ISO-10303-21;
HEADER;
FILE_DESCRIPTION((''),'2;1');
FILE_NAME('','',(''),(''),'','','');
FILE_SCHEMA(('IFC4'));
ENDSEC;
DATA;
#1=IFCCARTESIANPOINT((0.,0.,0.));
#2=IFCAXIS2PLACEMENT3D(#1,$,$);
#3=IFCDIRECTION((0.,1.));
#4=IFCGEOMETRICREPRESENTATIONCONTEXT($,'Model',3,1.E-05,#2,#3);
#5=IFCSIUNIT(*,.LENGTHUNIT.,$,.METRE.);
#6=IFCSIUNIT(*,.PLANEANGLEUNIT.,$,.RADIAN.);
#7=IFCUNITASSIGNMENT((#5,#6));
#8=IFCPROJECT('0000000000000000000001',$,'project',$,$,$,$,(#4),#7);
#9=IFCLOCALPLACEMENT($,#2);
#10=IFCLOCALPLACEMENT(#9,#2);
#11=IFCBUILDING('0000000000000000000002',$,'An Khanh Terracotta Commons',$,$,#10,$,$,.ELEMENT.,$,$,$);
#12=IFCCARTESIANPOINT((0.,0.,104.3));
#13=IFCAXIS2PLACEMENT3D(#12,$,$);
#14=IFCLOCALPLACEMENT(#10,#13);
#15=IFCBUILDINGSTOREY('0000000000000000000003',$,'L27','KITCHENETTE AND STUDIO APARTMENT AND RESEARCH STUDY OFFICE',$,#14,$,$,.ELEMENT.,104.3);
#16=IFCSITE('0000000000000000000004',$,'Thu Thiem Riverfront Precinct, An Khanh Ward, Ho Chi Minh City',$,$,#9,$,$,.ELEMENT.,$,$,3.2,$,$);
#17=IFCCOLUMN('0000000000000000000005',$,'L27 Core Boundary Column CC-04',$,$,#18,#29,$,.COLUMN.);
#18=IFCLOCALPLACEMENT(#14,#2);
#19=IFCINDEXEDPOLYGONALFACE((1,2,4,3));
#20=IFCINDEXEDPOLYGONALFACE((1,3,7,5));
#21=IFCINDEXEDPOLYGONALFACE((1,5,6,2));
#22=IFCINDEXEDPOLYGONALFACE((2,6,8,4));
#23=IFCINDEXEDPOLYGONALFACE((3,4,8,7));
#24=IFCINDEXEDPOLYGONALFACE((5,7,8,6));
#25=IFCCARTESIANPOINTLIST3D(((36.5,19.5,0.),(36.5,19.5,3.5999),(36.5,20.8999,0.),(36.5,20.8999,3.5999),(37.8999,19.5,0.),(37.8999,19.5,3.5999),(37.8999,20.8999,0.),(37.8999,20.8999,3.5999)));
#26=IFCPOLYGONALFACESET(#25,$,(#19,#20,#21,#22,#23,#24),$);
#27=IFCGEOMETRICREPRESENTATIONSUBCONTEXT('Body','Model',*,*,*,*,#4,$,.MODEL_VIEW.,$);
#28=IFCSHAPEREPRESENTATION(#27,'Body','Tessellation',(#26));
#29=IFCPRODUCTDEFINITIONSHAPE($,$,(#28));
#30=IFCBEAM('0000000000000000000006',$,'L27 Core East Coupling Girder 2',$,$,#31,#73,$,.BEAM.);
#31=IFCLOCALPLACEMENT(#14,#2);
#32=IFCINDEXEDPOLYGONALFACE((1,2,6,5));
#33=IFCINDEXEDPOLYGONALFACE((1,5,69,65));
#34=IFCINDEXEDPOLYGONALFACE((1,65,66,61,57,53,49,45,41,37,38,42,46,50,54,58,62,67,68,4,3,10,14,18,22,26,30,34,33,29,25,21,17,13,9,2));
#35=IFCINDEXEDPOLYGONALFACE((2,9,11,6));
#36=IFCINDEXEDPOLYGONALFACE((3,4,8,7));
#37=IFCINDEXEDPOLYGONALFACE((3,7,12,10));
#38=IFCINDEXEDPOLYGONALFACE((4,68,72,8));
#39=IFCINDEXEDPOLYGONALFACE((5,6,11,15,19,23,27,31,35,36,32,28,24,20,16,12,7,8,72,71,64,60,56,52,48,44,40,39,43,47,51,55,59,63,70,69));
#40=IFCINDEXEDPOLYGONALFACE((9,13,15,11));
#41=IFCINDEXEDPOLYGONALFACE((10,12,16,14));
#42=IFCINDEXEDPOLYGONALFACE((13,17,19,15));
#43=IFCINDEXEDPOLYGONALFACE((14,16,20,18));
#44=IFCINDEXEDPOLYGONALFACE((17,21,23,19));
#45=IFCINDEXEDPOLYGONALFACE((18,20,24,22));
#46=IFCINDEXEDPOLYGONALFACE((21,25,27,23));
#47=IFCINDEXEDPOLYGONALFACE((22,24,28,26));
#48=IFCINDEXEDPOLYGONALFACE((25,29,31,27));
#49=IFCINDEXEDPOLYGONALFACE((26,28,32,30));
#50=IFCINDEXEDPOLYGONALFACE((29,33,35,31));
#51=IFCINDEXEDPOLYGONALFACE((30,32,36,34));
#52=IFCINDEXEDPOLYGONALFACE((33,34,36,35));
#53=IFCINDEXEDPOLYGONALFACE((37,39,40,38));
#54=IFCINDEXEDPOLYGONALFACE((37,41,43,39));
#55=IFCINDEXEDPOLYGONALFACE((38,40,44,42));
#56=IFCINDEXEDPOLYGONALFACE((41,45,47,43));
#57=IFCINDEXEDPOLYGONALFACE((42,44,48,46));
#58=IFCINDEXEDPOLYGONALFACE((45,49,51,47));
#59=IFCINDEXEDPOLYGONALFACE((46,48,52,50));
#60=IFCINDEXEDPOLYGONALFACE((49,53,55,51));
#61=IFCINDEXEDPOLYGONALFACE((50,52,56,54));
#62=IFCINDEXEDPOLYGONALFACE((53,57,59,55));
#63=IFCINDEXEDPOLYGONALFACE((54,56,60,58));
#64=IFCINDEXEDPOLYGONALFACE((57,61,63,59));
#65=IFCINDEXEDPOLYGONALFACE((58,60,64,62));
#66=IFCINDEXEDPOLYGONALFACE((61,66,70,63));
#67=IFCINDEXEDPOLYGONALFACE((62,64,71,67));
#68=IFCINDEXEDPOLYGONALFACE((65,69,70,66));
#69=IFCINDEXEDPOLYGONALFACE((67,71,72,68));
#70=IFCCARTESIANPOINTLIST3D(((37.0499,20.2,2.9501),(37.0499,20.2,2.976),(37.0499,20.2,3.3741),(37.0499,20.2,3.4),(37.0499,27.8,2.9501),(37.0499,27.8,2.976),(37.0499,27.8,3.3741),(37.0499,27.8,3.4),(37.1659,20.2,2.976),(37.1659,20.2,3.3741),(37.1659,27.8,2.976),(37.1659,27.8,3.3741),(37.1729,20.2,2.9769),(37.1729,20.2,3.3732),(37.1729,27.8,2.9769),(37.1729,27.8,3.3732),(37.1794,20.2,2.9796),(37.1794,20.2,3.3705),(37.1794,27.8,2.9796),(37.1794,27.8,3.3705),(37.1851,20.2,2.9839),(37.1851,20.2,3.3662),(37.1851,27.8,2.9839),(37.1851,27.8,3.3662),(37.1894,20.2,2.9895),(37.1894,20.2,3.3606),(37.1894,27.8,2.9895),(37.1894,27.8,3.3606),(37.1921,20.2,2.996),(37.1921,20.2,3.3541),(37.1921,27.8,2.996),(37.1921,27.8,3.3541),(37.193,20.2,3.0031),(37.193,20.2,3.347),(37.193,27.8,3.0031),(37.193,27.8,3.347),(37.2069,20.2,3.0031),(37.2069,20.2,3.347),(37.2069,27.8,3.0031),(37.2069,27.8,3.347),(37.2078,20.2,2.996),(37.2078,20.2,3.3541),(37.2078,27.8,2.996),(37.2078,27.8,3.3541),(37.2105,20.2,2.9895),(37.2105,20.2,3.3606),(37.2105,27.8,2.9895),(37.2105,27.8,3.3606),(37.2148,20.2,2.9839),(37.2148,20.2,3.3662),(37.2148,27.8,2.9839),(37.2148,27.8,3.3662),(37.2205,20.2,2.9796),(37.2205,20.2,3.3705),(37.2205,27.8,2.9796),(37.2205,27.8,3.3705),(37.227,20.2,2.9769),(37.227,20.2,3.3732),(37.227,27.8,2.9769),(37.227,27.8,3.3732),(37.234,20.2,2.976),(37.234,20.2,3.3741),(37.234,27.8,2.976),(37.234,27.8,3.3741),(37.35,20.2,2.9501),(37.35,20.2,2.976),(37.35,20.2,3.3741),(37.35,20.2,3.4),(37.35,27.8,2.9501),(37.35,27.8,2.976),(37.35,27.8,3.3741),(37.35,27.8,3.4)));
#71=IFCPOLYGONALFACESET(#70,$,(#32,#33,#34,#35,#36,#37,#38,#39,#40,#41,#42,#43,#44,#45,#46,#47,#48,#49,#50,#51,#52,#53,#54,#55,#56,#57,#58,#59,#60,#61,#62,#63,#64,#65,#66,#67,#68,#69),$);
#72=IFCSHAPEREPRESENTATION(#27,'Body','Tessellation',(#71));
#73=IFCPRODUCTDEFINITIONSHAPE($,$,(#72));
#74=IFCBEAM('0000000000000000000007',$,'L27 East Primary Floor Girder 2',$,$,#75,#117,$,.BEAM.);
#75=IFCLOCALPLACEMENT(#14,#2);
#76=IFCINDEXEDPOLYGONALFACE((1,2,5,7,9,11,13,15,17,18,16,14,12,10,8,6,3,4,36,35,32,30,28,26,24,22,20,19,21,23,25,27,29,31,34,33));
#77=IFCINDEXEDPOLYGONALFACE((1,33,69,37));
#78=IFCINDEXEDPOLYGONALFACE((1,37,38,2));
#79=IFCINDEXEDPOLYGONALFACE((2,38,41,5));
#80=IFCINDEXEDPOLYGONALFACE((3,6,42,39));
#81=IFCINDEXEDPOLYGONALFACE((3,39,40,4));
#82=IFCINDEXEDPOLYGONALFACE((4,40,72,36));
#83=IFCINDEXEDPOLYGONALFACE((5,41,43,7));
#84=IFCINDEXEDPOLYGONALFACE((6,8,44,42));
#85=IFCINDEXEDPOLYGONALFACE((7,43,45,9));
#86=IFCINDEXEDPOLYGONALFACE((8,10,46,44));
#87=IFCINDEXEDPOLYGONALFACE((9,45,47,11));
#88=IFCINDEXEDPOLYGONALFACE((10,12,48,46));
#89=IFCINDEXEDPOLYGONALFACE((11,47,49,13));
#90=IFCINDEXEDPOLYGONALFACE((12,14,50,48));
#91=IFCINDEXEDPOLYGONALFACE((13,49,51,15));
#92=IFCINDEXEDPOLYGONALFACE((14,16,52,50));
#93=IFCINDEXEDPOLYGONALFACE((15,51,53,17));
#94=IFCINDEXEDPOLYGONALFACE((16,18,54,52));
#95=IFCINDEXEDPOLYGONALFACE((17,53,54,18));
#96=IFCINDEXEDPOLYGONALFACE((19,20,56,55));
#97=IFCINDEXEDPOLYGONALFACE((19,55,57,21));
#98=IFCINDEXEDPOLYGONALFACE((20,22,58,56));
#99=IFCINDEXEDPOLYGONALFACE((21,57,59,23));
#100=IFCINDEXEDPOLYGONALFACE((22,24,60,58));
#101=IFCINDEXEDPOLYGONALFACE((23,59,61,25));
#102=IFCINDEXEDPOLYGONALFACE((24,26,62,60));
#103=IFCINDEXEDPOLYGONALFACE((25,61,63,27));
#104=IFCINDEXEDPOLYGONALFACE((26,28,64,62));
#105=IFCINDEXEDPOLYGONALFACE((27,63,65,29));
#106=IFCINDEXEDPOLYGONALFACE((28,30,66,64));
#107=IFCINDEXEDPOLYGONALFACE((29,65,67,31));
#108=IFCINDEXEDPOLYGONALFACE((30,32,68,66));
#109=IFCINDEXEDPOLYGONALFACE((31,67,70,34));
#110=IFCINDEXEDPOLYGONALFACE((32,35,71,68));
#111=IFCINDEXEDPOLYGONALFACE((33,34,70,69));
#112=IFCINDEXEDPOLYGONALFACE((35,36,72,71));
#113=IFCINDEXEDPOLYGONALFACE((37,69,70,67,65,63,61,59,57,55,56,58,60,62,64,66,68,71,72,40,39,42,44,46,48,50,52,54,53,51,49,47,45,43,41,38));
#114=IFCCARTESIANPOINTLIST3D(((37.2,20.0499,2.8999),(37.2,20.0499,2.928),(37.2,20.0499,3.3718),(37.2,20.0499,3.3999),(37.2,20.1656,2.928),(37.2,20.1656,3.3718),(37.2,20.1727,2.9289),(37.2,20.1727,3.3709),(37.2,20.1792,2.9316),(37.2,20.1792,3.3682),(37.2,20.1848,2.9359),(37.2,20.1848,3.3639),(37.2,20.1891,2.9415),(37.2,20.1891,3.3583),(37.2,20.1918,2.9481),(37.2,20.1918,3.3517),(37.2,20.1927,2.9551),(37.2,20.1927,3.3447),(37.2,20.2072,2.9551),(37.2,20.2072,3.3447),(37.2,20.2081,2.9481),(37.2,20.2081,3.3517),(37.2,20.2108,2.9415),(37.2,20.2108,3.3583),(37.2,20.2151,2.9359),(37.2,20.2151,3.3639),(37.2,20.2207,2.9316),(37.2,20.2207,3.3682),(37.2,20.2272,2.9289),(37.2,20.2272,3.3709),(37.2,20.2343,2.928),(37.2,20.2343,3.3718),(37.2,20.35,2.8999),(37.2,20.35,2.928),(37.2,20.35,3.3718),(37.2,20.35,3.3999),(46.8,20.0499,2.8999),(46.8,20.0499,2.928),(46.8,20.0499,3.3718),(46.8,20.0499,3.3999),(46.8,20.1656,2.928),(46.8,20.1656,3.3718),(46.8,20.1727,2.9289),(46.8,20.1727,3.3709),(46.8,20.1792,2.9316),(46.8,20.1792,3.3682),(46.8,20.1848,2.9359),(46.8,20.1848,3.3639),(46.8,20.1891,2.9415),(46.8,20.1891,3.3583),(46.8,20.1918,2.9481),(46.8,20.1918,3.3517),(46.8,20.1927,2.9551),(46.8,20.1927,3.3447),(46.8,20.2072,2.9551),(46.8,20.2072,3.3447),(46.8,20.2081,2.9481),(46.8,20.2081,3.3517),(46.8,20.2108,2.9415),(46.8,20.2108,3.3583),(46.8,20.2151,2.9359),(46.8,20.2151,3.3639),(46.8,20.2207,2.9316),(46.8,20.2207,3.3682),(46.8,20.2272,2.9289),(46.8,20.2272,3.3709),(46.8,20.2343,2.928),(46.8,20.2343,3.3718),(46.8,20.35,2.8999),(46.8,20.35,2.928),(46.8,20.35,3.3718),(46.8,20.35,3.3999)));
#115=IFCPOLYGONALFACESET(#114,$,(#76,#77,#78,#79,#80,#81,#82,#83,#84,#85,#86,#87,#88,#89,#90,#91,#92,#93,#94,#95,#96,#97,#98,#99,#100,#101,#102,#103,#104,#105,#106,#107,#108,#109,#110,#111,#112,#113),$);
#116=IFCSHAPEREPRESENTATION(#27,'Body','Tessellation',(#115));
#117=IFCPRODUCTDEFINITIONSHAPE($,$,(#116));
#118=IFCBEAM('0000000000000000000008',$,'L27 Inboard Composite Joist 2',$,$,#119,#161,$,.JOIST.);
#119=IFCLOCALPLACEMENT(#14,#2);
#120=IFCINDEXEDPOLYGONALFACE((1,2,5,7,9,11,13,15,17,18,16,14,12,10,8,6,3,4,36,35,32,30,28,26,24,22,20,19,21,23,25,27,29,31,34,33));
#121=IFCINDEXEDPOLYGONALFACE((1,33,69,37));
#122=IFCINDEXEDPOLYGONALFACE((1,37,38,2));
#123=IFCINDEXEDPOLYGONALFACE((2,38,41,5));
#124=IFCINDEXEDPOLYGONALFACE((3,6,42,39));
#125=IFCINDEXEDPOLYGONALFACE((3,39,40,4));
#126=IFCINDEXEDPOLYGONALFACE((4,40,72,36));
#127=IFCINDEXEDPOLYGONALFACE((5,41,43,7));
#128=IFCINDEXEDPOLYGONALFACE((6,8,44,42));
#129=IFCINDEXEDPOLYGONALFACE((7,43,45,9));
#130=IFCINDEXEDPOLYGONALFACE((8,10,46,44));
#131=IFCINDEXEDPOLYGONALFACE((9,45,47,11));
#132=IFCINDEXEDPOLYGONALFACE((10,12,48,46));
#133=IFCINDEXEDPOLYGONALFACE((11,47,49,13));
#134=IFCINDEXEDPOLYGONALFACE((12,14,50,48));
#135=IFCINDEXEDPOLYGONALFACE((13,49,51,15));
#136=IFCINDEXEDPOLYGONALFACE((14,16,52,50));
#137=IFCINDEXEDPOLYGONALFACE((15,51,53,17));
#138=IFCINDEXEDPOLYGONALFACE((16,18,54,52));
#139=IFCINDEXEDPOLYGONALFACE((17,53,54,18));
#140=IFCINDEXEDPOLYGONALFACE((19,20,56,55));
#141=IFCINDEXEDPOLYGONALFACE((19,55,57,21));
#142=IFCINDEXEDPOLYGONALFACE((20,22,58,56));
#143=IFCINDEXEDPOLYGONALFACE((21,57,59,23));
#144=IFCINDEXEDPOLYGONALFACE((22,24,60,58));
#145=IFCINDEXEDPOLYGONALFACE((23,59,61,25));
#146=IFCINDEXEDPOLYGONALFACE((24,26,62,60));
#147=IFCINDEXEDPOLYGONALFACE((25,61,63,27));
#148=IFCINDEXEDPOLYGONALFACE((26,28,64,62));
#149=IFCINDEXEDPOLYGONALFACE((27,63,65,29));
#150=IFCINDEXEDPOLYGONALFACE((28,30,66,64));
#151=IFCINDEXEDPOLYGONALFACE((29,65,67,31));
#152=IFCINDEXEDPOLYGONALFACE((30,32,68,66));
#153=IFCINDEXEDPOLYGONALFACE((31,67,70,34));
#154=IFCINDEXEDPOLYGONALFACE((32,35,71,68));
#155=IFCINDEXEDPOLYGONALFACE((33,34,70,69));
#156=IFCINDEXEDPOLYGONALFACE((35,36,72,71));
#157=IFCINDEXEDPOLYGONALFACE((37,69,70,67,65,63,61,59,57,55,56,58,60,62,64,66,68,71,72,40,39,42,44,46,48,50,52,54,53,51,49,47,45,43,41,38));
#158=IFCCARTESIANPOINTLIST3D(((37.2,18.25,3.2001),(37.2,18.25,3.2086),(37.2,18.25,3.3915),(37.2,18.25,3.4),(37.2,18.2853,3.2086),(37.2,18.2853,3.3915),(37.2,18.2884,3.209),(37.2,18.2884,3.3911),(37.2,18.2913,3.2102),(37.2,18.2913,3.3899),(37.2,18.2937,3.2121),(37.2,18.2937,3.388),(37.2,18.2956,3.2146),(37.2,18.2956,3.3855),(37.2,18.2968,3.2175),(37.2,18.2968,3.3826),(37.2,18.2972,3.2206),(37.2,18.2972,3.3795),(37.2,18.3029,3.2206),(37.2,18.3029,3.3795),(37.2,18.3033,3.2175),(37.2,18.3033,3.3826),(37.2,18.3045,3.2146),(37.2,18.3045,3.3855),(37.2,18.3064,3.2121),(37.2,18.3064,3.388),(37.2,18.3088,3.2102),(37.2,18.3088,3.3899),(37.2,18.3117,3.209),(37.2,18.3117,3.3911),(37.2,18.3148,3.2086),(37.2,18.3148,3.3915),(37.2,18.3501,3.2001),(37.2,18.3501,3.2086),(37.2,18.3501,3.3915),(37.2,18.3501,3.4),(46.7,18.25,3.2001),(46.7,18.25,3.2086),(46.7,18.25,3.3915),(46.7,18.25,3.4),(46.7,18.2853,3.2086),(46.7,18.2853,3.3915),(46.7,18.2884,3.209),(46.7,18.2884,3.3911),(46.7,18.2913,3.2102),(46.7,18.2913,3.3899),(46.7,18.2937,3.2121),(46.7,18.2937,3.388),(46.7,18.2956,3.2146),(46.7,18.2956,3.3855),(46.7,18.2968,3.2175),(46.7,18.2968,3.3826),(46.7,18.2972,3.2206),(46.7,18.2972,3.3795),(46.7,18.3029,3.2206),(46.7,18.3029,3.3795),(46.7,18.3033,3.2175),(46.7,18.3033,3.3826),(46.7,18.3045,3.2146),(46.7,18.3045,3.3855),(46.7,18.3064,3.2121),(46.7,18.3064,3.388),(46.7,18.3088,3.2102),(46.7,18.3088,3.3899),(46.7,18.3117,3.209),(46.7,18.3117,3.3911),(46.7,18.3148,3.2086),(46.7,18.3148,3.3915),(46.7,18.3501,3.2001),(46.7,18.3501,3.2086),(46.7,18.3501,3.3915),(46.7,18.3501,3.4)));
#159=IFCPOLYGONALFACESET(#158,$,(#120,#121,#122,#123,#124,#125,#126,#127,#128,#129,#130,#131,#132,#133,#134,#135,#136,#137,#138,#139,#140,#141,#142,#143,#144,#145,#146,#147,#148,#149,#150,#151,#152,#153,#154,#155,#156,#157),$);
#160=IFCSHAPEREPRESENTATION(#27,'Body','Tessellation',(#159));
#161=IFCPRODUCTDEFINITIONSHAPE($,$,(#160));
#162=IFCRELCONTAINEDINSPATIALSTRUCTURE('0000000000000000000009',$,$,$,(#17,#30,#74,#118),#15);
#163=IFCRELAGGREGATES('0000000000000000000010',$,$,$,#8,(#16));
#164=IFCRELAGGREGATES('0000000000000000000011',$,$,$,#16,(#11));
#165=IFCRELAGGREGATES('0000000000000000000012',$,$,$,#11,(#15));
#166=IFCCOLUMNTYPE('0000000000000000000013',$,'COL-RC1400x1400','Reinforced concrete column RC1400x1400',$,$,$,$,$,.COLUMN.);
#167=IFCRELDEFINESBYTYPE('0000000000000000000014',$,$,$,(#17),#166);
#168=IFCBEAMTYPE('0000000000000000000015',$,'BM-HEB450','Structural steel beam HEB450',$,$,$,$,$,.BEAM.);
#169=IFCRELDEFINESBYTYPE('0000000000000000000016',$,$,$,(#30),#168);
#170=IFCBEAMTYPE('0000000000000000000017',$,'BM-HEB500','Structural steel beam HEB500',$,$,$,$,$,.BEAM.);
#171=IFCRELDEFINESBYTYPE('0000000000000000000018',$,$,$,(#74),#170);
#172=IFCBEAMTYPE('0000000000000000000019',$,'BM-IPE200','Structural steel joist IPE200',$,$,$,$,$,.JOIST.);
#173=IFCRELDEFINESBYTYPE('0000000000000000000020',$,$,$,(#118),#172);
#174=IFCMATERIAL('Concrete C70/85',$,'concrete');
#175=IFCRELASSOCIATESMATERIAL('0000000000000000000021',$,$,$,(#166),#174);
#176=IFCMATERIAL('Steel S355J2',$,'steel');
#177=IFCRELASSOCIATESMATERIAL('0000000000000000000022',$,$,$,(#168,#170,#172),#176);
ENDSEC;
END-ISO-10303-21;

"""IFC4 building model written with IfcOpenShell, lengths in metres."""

from ifc_helpers import new_model, si_unit, direction, frame, origin, origin_2d, place, context, subcontext, project, spatial, rectangle, i_section, extrude, material, material_profile, profile_set, type_object, element, save


model = new_model("IFC4")

# Units and contexts
model_context = context("Model", 3, precision=1e-05, world=origin(), true_north=direction((0.0, 1.0)))
body_context = subcontext(model_context, "Body", "Model", "MODEL_VIEW")
ifc_project = project(units=[si_unit("LENGTHUNIT", "METRE"), si_unit("PLANEANGLEUNIT", "RADIAN")], contexts=[model_context])

# Site, building, storey
site_placement = place(None, origin())
site = spatial("IfcSite", under=ifc_project, at=site_placement, Name="Thu Thiem Riverfront Precinct, An Khanh Ward, Ho Chi Minh City", CompositionType="ELEMENT", RefElevation=3.2)
building_placement = place(site_placement, origin())
building = spatial("IfcBuilding", under=site, at=building_placement, Name="An Khanh Terracotta Commons", CompositionType="ELEMENT")
storey_placement = place(building_placement, frame((0.0, 0.0, 104.3)))
storey = spatial("IfcBuildingStorey", under=building, at=storey_placement, Name="L27", Description="KITCHENETTE AND STUDIO APARTMENT AND RESEARCH STUDY OFFICE", CompositionType="ELEMENT", Elevation=104.3)

# Column
ifc_material_1 = material(Name="Concrete C70/85", Category="concrete")
ifc_material_profile_1 = material_profile(ifc_material_1, rectangle(XDim=1.3999, YDim=1.3999, at=origin_2d()), Name="RC1400x1400")
ifc_profile_set_1 = profile_set([ifc_material_profile_1], Name="Concrete C70/85")
column_type = type_object("IfcColumnType", Name="COL-RC1400x1400", Description="Reinforced concrete column RC1400x1400", PredefinedType="COLUMN", material=ifc_profile_set_1)
column_placement = place(storey_placement, frame((37.2, 20.2, 0.0), z_axis=(0.0, 0.0, 1.0), x_axis=(1.0, 0.0, 0.0)))
element("IfcColumn", 1, at=column_placement, inside=storey, type_object=column_type, Name="L27 Core Boundary Column CC-04", PredefinedType="COLUMN", context=body_context, shape_type="SweptSolid", body=[
    extrude(rectangle(XDim=1.3999, YDim=1.3999, at=origin_2d()), origin(), (0.0, 0.0, 1.0), 3.5999),
])

# Beams
ifc_material_2 = material(Name="Steel S355J2", Category="steel")
ifc_material_profile_2 = material_profile(ifc_material_2, i_section(OverallWidth=0.3, OverallDepth=0.45, WebThickness=0.0139, FlangeThickness=0.0259, FilletRadius=0.0271, at=origin_2d()), Name="HEB450")
ifc_profile_set_2 = profile_set([ifc_material_profile_2], Name="Steel S355J2")
beam_type_1 = type_object("IfcBeamType", Name="BM-HEB450", Description="Structural steel beam HEB450", PredefinedType="BEAM", material=ifc_profile_set_2)
beam_1_placement = place(storey_placement, frame((37.2, 20.2, 3.175), z_axis=(0.0, 1.0, 0.0), x_axis=(-1.0, 0.0, 0.0)))
element("IfcBeam", 2, at=beam_1_placement, inside=storey, type_object=beam_type_1, Name="L27 Core East Coupling Girder 2", PredefinedType="BEAM", context=body_context, shape_type="SweptSolid", body=[
    extrude(i_section(OverallWidth=0.3, OverallDepth=0.45, WebThickness=0.0139, FlangeThickness=0.0259, FilletRadius=0.0271, at=origin_2d()), origin(), (0.0, 0.0, 1.0), 7.6001),
])
ifc_material_profile_3 = material_profile(ifc_material_2, i_section(OverallWidth=0.3, OverallDepth=0.5, WebThickness=0.0144, FlangeThickness=0.0281, FilletRadius=0.0271, at=origin_2d()), Name="HEB500")
ifc_profile_set_3 = profile_set([ifc_material_profile_3], Name="Steel S355J2")
beam_type_2 = type_object("IfcBeamType", Name="BM-HEB500", Description="Structural steel beam HEB500", PredefinedType="BEAM", material=ifc_profile_set_3)
beam_2_placement = place(storey_placement, frame((37.2, 20.2, 3.1499), z_axis=(1.0, 0.0, 0.0), x_axis=(0.0, 1.0, 0.0)))
element("IfcBeam", 3, at=beam_2_placement, inside=storey, type_object=beam_type_2, Name="L27 East Primary Floor Girder 2", PredefinedType="BEAM", context=body_context, shape_type="SweptSolid", body=[
    extrude(i_section(OverallWidth=0.3, OverallDepth=0.5, WebThickness=0.0144, FlangeThickness=0.0281, FilletRadius=0.0271, at=origin_2d()), origin(), (0.0, 0.0, 1.0), 9.6001),
])
ifc_material_profile_4 = material_profile(ifc_material_2, i_section(OverallWidth=0.1001, OverallDepth=0.2, WebThickness=0.0056, FlangeThickness=0.0085, FilletRadius=0.012, at=origin_2d()), Name="IPE200")
ifc_profile_set_4 = profile_set([ifc_material_profile_4], Name="Steel S355J2")
beam_type_3 = type_object("IfcBeamType", Name="BM-IPE200", Description="Structural steel joist IPE200", PredefinedType="JOIST", material=ifc_profile_set_4)
for number, where, z_axis, x_axis, name in (
    (4, (37.2, 18.3, 3.3), (1.0, 0.0, 0.0), (0.0, 1.0, 0.0), "L27 Inboard Composite Joist 2"),
):
    element("IfcBeam", number, at=place(storey_placement, frame(where, z_axis=z_axis, x_axis=x_axis)), inside=storey, type_object=beam_type_3, Name=name, PredefinedType="JOIST", context=body_context, shape_type="SweptSolid", body=[
        extrude(i_section(OverallWidth=0.1001, OverallDepth=0.2, WebThickness=0.0056, FlangeThickness=0.0085, FilletRadius=0.012, at=origin_2d()), origin(), (0.0, 0.0, 1.0), 9.5),
    ])

save(model, "model.ifc")
